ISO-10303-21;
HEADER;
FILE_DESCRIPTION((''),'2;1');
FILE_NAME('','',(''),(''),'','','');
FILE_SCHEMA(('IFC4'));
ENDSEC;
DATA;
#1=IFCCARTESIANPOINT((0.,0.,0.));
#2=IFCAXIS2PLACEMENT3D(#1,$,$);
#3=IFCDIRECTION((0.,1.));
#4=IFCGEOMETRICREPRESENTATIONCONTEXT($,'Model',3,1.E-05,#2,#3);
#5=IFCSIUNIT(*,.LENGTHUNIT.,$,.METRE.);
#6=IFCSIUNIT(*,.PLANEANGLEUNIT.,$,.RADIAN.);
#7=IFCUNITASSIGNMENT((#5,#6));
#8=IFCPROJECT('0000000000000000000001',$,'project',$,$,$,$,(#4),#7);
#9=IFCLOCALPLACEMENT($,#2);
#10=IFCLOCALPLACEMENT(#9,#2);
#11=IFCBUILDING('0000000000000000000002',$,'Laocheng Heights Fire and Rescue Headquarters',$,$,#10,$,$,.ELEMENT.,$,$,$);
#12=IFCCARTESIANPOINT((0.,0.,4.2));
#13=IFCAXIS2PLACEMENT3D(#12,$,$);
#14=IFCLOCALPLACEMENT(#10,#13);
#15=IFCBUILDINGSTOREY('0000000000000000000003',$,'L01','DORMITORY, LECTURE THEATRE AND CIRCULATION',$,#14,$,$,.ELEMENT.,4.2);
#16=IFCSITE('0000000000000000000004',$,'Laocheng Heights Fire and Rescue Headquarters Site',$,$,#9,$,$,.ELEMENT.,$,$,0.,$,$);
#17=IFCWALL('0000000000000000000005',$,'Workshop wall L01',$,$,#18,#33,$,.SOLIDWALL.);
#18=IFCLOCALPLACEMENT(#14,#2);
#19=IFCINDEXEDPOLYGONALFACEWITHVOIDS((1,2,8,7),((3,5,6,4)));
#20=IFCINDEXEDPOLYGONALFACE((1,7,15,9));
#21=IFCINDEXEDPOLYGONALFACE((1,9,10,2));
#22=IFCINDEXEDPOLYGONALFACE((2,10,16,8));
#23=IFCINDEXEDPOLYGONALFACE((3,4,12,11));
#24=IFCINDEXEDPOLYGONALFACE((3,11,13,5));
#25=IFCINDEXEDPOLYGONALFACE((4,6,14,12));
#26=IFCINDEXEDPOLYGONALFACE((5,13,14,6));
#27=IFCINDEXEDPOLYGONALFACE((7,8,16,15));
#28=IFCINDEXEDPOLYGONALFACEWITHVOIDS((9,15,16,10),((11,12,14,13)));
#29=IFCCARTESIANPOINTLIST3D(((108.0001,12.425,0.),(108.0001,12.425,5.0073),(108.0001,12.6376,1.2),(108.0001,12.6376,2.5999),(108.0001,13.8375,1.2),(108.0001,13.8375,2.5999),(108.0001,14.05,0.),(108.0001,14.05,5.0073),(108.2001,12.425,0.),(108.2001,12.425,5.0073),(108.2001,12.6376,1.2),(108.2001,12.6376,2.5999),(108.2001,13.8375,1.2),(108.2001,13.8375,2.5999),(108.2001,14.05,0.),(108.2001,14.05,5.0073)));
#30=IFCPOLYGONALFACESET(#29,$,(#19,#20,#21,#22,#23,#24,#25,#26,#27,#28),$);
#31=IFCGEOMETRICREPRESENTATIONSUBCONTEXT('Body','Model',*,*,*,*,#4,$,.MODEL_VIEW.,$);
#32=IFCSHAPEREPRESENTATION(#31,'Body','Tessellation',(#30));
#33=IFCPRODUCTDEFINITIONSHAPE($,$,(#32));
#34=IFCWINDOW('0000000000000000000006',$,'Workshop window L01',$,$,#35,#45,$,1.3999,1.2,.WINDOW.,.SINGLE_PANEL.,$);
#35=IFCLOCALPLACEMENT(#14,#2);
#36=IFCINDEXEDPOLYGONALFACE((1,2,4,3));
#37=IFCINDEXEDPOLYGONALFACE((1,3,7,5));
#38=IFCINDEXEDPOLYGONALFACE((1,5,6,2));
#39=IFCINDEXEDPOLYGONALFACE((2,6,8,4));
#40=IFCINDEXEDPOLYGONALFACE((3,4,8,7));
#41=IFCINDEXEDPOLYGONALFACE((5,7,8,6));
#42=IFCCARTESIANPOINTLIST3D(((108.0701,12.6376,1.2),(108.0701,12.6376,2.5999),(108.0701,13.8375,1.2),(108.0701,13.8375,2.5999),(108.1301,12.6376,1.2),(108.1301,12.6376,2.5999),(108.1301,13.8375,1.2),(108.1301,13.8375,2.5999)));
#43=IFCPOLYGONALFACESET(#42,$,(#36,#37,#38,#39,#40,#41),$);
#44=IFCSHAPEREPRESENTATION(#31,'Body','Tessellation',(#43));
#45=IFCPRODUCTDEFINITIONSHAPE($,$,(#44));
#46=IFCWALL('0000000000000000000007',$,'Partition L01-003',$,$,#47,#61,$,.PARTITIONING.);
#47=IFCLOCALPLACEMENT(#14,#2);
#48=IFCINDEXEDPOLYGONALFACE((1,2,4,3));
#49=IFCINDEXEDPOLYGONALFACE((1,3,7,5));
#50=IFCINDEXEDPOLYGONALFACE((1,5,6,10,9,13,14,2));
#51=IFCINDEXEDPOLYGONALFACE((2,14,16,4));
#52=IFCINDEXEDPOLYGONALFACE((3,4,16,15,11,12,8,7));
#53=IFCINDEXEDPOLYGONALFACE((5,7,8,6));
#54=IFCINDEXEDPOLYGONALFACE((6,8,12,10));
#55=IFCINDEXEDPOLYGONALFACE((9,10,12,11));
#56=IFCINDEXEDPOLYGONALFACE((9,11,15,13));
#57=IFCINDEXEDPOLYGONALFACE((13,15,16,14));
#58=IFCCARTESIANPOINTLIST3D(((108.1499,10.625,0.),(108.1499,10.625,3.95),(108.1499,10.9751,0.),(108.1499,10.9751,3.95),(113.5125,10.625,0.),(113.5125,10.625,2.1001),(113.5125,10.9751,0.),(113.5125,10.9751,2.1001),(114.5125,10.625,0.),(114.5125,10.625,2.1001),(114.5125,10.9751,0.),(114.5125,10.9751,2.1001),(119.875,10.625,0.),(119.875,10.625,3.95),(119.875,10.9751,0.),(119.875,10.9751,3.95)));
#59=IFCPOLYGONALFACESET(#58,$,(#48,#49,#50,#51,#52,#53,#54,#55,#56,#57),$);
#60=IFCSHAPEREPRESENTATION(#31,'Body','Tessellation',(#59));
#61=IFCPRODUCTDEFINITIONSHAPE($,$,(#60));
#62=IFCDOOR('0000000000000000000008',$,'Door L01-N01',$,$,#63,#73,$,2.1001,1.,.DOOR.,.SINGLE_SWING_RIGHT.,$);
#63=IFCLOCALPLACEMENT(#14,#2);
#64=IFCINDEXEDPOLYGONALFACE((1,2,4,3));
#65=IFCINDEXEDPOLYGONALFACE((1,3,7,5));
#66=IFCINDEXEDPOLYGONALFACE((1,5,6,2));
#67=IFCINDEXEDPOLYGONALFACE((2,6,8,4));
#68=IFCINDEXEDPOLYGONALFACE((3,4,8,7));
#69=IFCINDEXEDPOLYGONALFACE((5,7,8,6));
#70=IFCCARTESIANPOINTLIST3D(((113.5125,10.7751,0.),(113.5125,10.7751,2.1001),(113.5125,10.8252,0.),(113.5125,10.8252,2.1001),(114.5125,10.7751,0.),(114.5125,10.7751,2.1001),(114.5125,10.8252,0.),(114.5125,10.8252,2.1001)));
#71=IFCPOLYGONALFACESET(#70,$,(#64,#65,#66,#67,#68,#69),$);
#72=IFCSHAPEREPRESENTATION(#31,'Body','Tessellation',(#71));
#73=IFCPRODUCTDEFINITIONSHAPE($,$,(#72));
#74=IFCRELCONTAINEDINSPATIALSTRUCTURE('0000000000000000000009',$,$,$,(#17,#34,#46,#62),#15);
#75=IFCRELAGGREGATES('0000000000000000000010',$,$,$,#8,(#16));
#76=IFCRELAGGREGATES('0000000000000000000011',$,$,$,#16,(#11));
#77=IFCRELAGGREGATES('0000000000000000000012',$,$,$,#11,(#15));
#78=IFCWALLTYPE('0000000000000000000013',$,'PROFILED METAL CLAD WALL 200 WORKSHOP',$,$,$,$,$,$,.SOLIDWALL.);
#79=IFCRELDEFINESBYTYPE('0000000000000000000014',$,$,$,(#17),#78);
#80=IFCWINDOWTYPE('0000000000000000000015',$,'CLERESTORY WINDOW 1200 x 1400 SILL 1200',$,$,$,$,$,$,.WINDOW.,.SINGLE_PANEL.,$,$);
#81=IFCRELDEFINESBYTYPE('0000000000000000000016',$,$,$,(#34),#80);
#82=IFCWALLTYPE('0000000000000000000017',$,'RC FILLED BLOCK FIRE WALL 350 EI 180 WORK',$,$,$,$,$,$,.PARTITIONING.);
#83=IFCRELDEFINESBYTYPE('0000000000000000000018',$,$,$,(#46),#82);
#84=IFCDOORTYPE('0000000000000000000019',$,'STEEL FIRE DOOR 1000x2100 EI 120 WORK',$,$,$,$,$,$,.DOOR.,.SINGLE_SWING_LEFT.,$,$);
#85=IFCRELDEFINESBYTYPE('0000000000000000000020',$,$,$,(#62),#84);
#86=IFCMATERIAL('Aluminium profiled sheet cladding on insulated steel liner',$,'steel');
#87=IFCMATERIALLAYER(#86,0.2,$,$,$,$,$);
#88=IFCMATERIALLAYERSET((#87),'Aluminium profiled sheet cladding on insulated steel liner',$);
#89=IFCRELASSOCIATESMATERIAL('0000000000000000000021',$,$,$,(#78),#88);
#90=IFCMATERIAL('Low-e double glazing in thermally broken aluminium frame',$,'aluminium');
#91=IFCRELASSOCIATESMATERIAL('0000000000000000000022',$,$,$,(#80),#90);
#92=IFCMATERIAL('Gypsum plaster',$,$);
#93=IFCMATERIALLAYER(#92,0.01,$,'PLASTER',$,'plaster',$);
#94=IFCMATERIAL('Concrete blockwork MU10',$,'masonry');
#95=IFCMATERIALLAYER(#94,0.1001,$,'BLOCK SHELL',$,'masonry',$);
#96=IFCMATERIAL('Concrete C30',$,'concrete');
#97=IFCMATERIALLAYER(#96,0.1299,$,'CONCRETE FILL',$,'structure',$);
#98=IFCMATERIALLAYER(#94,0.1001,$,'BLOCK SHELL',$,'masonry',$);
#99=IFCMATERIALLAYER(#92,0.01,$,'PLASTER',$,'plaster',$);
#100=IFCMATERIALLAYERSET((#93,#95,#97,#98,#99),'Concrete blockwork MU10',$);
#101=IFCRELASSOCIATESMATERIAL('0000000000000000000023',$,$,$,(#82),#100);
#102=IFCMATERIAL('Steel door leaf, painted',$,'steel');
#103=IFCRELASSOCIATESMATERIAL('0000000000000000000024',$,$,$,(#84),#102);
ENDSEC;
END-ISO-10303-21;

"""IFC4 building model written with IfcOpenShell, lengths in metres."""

from ifc_helpers import new_model, si_unit, direction, frame, frame_2d, origin, place, context, subcontext, project, spatial, rectangle, extrude, material, layer, layer_set, type_object, element, fill, save


model = new_model("IFC4")

# Units and contexts
model_context = context("Model", 3, precision=1e-05, world=origin(), true_north=direction((0.0, 1.0)))
body_context = subcontext(model_context, "Body", "Model", "MODEL_VIEW")
ifc_project = project(units=[si_unit("LENGTHUNIT", "METRE"), si_unit("PLANEANGLEUNIT", "RADIAN")], contexts=[model_context])

# Site, building, storey
site_placement = place(None, origin())
site = spatial("IfcSite", under=ifc_project, at=site_placement, Name="Laocheng Heights Fire and Rescue Headquarters Site", CompositionType="ELEMENT", RefElevation=0.0)
building_placement = place(site_placement, origin())
building = spatial("IfcBuilding", under=site, at=building_placement, Name="Laocheng Heights Fire and Rescue Headquarters", CompositionType="ELEMENT")
storey_placement = place(building_placement, frame((0.0, 0.0, 4.2)))
storey = spatial("IfcBuildingStorey", under=building, at=storey_placement, Name="L01", Description="DORMITORY, LECTURE THEATRE AND CIRCULATION", CompositionType="ELEMENT", Elevation=4.2)

# Shared definitions
ifc_material_1 = material(Name="Aluminium profiled sheet cladding on insulated steel liner", Category="steel")
ifc_layer_1 = layer(ifc_material_1, 0.2)
ifc_layer_set_1 = layer_set([ifc_layer_1], Name="Aluminium profiled sheet cladding on insulated steel liner")
wall_type_1 = type_object("IfcWallType", Name="PROFILED METAL CLAD WALL 200 WORKSHOP", PredefinedType="SOLIDWALL", material=ifc_layer_set_1)

# Wall, opening, window
wall_1_placement = place(storey_placement, frame((108.1001, 12.425, 0.0), z_axis=(0.0, 0.0, 1.0), x_axis=(0.0, 1.0, 0.0)))
wall_1 = element("IfcWall", 1, at=wall_1_placement, inside=storey, type_object=wall_type_1, Name="Workshop wall L01", PredefinedType="SOLIDWALL", context=body_context, shape_type="SweptSolid", body=[
    extrude(rectangle(XDim=1.625, YDim=0.2, at=frame_2d((0.8125, 0.0))), origin(), (0.0, 0.0, 1.0), 5.0073),
])
opening_1_placement = place(wall_1_placement, frame((0.2124, 0.0, 1.2)))
opening_1 = element("IfcOpeningElement", 2, at=opening_1_placement, cuts=wall_1, PredefinedType="OPENING", context=body_context, shape_type="SweptSolid", body=[
    extrude(rectangle(XDim=1.2, YDim=1.3999, at=frame_2d((0.6001, 0.7))), frame((0.0, 0.1099, 0.0), z_axis=(0.0, -1.0, 0.0), x_axis=(1.0, 0.0, 0.0)), (0.0, 0.0, 1.0), 0.22),
])
ifc_material_2 = material(Name="Low-e double glazing in thermally broken aluminium frame", Category="aluminium")
window_type = type_object("IfcWindowType", Name="CLERESTORY WINDOW 1200 x 1400 SILL 1200", PartitioningType="SINGLE_PANEL", PredefinedType="WINDOW", material=ifc_material_2)
window_placement = place(opening_1_placement, origin())
window = element("IfcWindow", 3, at=window_placement, inside=storey, type_object=window_type, Name="Workshop window L01", OverallHeight=1.3999, OverallWidth=1.2, PartitioningType="SINGLE_PANEL", PredefinedType="WINDOW", context=body_context, shape_type="SweptSolid", body=[
    extrude(rectangle(XDim=1.2, YDim=1.3999, at=frame_2d((0.6001, 0.7))), frame((0.0, 0.03, 0.0), z_axis=(0.0, -1.0, 0.0), x_axis=(1.0, 0.0, 0.0)), (0.0, 0.0, 1.0), 0.0601),
])
fill(opening_1, window)

# Wall, opening, door
ifc_material_3 = material(Name="Gypsum plaster")
ifc_layer_2 = layer(ifc_material_3, 0.01, Name="PLASTER", Category="plaster")
ifc_material_4 = material(Name="Concrete blockwork MU10", Category="masonry")
ifc_layer_3 = layer(ifc_material_4, 0.1001, Name="BLOCK SHELL", Category="masonry")
ifc_material_5 = material(Name="Concrete C30", Category="concrete")
ifc_layer_4 = layer(ifc_material_5, 0.1299, Name="CONCRETE FILL", Category="structure")
ifc_layer_5 = layer(ifc_material_4, 0.1001, Name="BLOCK SHELL", Category="masonry")
ifc_layer_6 = layer(ifc_material_3, 0.01, Name="PLASTER", Category="plaster")
ifc_layer_set_2 = layer_set([ifc_layer_2, ifc_layer_3, ifc_layer_4, ifc_layer_5, ifc_layer_6], Name="Concrete blockwork MU10")
wall_type_2 = type_object("IfcWallType", Name="RC FILLED BLOCK FIRE WALL 350 EI 180 WORK", PredefinedType="PARTITIONING", material=ifc_layer_set_2)
wall_2_placement = place(storey_placement, frame((108.1499, 10.8, 0.0), z_axis=(0.0, 0.0, 1.0), x_axis=(1.0, 0.0, 0.0)))
wall_2 = element("IfcWall", 4, at=wall_2_placement, inside=storey, type_object=wall_type_2, Name="Partition L01-003", PredefinedType="PARTITIONING", context=body_context, shape_type="SweptSolid", body=[
    extrude(rectangle(XDim=11.7251, YDim=0.3501, at=frame_2d((5.8625, 0.0))), origin(), (0.0, 0.0, 1.0), 3.95),
])
opening_2_placement = place(wall_2_placement, frame((5.3625, 0.0, 0.0)))
opening_2 = element("IfcOpeningElement", 5, at=opening_2_placement, cuts=wall_2, PredefinedType="OPENING", context=body_context, shape_type="SweptSolid", body=[
    extrude(rectangle(XDim=1.0, YDim=2.1001, at=frame_2d((0.5, 1.05))), frame((0.0, 0.1851, 0.0), z_axis=(0.0, -1.0, 0.0), x_axis=(1.0, 0.0, 0.0)), (0.0, 0.0, 1.0), 0.3701),
])
ifc_material_6 = material(Name="Steel door leaf, painted", Category="steel")
door_type_1 = type_object("IfcDoorType", Name="STEEL FIRE DOOR 1000x2100 EI 120 WORK", OperationType="SINGLE_SWING_LEFT", PredefinedType="DOOR", material=ifc_material_6)
door_1_placement = place(opening_2_placement, frame((1.0, 0.0, 0.0), z_axis=(0.0, 0.0, 1.0), x_axis=(-1.0, 0.0, 0.0)))
door_1 = element("IfcDoor", 6, at=door_1_placement, inside=storey, type_object=door_type_1, Name="Door L01-N01", OperationType="SINGLE_SWING_RIGHT", OverallHeight=2.1001, OverallWidth=1.0, PredefinedType="DOOR", context=body_context, shape_type="SweptSolid", body=[
    extrude(rectangle(XDim=1.0, YDim=2.1001, at=frame_2d((0.5, 1.05))), frame((0.0, 0.0249, 0.0), z_axis=(0.0, -1.0, 0.0), x_axis=(1.0, 0.0, 0.0)), (0.0, 0.0, 1.0), 0.05),
])
fill(opening_2, door_1)

save(model, "model.ifc")
